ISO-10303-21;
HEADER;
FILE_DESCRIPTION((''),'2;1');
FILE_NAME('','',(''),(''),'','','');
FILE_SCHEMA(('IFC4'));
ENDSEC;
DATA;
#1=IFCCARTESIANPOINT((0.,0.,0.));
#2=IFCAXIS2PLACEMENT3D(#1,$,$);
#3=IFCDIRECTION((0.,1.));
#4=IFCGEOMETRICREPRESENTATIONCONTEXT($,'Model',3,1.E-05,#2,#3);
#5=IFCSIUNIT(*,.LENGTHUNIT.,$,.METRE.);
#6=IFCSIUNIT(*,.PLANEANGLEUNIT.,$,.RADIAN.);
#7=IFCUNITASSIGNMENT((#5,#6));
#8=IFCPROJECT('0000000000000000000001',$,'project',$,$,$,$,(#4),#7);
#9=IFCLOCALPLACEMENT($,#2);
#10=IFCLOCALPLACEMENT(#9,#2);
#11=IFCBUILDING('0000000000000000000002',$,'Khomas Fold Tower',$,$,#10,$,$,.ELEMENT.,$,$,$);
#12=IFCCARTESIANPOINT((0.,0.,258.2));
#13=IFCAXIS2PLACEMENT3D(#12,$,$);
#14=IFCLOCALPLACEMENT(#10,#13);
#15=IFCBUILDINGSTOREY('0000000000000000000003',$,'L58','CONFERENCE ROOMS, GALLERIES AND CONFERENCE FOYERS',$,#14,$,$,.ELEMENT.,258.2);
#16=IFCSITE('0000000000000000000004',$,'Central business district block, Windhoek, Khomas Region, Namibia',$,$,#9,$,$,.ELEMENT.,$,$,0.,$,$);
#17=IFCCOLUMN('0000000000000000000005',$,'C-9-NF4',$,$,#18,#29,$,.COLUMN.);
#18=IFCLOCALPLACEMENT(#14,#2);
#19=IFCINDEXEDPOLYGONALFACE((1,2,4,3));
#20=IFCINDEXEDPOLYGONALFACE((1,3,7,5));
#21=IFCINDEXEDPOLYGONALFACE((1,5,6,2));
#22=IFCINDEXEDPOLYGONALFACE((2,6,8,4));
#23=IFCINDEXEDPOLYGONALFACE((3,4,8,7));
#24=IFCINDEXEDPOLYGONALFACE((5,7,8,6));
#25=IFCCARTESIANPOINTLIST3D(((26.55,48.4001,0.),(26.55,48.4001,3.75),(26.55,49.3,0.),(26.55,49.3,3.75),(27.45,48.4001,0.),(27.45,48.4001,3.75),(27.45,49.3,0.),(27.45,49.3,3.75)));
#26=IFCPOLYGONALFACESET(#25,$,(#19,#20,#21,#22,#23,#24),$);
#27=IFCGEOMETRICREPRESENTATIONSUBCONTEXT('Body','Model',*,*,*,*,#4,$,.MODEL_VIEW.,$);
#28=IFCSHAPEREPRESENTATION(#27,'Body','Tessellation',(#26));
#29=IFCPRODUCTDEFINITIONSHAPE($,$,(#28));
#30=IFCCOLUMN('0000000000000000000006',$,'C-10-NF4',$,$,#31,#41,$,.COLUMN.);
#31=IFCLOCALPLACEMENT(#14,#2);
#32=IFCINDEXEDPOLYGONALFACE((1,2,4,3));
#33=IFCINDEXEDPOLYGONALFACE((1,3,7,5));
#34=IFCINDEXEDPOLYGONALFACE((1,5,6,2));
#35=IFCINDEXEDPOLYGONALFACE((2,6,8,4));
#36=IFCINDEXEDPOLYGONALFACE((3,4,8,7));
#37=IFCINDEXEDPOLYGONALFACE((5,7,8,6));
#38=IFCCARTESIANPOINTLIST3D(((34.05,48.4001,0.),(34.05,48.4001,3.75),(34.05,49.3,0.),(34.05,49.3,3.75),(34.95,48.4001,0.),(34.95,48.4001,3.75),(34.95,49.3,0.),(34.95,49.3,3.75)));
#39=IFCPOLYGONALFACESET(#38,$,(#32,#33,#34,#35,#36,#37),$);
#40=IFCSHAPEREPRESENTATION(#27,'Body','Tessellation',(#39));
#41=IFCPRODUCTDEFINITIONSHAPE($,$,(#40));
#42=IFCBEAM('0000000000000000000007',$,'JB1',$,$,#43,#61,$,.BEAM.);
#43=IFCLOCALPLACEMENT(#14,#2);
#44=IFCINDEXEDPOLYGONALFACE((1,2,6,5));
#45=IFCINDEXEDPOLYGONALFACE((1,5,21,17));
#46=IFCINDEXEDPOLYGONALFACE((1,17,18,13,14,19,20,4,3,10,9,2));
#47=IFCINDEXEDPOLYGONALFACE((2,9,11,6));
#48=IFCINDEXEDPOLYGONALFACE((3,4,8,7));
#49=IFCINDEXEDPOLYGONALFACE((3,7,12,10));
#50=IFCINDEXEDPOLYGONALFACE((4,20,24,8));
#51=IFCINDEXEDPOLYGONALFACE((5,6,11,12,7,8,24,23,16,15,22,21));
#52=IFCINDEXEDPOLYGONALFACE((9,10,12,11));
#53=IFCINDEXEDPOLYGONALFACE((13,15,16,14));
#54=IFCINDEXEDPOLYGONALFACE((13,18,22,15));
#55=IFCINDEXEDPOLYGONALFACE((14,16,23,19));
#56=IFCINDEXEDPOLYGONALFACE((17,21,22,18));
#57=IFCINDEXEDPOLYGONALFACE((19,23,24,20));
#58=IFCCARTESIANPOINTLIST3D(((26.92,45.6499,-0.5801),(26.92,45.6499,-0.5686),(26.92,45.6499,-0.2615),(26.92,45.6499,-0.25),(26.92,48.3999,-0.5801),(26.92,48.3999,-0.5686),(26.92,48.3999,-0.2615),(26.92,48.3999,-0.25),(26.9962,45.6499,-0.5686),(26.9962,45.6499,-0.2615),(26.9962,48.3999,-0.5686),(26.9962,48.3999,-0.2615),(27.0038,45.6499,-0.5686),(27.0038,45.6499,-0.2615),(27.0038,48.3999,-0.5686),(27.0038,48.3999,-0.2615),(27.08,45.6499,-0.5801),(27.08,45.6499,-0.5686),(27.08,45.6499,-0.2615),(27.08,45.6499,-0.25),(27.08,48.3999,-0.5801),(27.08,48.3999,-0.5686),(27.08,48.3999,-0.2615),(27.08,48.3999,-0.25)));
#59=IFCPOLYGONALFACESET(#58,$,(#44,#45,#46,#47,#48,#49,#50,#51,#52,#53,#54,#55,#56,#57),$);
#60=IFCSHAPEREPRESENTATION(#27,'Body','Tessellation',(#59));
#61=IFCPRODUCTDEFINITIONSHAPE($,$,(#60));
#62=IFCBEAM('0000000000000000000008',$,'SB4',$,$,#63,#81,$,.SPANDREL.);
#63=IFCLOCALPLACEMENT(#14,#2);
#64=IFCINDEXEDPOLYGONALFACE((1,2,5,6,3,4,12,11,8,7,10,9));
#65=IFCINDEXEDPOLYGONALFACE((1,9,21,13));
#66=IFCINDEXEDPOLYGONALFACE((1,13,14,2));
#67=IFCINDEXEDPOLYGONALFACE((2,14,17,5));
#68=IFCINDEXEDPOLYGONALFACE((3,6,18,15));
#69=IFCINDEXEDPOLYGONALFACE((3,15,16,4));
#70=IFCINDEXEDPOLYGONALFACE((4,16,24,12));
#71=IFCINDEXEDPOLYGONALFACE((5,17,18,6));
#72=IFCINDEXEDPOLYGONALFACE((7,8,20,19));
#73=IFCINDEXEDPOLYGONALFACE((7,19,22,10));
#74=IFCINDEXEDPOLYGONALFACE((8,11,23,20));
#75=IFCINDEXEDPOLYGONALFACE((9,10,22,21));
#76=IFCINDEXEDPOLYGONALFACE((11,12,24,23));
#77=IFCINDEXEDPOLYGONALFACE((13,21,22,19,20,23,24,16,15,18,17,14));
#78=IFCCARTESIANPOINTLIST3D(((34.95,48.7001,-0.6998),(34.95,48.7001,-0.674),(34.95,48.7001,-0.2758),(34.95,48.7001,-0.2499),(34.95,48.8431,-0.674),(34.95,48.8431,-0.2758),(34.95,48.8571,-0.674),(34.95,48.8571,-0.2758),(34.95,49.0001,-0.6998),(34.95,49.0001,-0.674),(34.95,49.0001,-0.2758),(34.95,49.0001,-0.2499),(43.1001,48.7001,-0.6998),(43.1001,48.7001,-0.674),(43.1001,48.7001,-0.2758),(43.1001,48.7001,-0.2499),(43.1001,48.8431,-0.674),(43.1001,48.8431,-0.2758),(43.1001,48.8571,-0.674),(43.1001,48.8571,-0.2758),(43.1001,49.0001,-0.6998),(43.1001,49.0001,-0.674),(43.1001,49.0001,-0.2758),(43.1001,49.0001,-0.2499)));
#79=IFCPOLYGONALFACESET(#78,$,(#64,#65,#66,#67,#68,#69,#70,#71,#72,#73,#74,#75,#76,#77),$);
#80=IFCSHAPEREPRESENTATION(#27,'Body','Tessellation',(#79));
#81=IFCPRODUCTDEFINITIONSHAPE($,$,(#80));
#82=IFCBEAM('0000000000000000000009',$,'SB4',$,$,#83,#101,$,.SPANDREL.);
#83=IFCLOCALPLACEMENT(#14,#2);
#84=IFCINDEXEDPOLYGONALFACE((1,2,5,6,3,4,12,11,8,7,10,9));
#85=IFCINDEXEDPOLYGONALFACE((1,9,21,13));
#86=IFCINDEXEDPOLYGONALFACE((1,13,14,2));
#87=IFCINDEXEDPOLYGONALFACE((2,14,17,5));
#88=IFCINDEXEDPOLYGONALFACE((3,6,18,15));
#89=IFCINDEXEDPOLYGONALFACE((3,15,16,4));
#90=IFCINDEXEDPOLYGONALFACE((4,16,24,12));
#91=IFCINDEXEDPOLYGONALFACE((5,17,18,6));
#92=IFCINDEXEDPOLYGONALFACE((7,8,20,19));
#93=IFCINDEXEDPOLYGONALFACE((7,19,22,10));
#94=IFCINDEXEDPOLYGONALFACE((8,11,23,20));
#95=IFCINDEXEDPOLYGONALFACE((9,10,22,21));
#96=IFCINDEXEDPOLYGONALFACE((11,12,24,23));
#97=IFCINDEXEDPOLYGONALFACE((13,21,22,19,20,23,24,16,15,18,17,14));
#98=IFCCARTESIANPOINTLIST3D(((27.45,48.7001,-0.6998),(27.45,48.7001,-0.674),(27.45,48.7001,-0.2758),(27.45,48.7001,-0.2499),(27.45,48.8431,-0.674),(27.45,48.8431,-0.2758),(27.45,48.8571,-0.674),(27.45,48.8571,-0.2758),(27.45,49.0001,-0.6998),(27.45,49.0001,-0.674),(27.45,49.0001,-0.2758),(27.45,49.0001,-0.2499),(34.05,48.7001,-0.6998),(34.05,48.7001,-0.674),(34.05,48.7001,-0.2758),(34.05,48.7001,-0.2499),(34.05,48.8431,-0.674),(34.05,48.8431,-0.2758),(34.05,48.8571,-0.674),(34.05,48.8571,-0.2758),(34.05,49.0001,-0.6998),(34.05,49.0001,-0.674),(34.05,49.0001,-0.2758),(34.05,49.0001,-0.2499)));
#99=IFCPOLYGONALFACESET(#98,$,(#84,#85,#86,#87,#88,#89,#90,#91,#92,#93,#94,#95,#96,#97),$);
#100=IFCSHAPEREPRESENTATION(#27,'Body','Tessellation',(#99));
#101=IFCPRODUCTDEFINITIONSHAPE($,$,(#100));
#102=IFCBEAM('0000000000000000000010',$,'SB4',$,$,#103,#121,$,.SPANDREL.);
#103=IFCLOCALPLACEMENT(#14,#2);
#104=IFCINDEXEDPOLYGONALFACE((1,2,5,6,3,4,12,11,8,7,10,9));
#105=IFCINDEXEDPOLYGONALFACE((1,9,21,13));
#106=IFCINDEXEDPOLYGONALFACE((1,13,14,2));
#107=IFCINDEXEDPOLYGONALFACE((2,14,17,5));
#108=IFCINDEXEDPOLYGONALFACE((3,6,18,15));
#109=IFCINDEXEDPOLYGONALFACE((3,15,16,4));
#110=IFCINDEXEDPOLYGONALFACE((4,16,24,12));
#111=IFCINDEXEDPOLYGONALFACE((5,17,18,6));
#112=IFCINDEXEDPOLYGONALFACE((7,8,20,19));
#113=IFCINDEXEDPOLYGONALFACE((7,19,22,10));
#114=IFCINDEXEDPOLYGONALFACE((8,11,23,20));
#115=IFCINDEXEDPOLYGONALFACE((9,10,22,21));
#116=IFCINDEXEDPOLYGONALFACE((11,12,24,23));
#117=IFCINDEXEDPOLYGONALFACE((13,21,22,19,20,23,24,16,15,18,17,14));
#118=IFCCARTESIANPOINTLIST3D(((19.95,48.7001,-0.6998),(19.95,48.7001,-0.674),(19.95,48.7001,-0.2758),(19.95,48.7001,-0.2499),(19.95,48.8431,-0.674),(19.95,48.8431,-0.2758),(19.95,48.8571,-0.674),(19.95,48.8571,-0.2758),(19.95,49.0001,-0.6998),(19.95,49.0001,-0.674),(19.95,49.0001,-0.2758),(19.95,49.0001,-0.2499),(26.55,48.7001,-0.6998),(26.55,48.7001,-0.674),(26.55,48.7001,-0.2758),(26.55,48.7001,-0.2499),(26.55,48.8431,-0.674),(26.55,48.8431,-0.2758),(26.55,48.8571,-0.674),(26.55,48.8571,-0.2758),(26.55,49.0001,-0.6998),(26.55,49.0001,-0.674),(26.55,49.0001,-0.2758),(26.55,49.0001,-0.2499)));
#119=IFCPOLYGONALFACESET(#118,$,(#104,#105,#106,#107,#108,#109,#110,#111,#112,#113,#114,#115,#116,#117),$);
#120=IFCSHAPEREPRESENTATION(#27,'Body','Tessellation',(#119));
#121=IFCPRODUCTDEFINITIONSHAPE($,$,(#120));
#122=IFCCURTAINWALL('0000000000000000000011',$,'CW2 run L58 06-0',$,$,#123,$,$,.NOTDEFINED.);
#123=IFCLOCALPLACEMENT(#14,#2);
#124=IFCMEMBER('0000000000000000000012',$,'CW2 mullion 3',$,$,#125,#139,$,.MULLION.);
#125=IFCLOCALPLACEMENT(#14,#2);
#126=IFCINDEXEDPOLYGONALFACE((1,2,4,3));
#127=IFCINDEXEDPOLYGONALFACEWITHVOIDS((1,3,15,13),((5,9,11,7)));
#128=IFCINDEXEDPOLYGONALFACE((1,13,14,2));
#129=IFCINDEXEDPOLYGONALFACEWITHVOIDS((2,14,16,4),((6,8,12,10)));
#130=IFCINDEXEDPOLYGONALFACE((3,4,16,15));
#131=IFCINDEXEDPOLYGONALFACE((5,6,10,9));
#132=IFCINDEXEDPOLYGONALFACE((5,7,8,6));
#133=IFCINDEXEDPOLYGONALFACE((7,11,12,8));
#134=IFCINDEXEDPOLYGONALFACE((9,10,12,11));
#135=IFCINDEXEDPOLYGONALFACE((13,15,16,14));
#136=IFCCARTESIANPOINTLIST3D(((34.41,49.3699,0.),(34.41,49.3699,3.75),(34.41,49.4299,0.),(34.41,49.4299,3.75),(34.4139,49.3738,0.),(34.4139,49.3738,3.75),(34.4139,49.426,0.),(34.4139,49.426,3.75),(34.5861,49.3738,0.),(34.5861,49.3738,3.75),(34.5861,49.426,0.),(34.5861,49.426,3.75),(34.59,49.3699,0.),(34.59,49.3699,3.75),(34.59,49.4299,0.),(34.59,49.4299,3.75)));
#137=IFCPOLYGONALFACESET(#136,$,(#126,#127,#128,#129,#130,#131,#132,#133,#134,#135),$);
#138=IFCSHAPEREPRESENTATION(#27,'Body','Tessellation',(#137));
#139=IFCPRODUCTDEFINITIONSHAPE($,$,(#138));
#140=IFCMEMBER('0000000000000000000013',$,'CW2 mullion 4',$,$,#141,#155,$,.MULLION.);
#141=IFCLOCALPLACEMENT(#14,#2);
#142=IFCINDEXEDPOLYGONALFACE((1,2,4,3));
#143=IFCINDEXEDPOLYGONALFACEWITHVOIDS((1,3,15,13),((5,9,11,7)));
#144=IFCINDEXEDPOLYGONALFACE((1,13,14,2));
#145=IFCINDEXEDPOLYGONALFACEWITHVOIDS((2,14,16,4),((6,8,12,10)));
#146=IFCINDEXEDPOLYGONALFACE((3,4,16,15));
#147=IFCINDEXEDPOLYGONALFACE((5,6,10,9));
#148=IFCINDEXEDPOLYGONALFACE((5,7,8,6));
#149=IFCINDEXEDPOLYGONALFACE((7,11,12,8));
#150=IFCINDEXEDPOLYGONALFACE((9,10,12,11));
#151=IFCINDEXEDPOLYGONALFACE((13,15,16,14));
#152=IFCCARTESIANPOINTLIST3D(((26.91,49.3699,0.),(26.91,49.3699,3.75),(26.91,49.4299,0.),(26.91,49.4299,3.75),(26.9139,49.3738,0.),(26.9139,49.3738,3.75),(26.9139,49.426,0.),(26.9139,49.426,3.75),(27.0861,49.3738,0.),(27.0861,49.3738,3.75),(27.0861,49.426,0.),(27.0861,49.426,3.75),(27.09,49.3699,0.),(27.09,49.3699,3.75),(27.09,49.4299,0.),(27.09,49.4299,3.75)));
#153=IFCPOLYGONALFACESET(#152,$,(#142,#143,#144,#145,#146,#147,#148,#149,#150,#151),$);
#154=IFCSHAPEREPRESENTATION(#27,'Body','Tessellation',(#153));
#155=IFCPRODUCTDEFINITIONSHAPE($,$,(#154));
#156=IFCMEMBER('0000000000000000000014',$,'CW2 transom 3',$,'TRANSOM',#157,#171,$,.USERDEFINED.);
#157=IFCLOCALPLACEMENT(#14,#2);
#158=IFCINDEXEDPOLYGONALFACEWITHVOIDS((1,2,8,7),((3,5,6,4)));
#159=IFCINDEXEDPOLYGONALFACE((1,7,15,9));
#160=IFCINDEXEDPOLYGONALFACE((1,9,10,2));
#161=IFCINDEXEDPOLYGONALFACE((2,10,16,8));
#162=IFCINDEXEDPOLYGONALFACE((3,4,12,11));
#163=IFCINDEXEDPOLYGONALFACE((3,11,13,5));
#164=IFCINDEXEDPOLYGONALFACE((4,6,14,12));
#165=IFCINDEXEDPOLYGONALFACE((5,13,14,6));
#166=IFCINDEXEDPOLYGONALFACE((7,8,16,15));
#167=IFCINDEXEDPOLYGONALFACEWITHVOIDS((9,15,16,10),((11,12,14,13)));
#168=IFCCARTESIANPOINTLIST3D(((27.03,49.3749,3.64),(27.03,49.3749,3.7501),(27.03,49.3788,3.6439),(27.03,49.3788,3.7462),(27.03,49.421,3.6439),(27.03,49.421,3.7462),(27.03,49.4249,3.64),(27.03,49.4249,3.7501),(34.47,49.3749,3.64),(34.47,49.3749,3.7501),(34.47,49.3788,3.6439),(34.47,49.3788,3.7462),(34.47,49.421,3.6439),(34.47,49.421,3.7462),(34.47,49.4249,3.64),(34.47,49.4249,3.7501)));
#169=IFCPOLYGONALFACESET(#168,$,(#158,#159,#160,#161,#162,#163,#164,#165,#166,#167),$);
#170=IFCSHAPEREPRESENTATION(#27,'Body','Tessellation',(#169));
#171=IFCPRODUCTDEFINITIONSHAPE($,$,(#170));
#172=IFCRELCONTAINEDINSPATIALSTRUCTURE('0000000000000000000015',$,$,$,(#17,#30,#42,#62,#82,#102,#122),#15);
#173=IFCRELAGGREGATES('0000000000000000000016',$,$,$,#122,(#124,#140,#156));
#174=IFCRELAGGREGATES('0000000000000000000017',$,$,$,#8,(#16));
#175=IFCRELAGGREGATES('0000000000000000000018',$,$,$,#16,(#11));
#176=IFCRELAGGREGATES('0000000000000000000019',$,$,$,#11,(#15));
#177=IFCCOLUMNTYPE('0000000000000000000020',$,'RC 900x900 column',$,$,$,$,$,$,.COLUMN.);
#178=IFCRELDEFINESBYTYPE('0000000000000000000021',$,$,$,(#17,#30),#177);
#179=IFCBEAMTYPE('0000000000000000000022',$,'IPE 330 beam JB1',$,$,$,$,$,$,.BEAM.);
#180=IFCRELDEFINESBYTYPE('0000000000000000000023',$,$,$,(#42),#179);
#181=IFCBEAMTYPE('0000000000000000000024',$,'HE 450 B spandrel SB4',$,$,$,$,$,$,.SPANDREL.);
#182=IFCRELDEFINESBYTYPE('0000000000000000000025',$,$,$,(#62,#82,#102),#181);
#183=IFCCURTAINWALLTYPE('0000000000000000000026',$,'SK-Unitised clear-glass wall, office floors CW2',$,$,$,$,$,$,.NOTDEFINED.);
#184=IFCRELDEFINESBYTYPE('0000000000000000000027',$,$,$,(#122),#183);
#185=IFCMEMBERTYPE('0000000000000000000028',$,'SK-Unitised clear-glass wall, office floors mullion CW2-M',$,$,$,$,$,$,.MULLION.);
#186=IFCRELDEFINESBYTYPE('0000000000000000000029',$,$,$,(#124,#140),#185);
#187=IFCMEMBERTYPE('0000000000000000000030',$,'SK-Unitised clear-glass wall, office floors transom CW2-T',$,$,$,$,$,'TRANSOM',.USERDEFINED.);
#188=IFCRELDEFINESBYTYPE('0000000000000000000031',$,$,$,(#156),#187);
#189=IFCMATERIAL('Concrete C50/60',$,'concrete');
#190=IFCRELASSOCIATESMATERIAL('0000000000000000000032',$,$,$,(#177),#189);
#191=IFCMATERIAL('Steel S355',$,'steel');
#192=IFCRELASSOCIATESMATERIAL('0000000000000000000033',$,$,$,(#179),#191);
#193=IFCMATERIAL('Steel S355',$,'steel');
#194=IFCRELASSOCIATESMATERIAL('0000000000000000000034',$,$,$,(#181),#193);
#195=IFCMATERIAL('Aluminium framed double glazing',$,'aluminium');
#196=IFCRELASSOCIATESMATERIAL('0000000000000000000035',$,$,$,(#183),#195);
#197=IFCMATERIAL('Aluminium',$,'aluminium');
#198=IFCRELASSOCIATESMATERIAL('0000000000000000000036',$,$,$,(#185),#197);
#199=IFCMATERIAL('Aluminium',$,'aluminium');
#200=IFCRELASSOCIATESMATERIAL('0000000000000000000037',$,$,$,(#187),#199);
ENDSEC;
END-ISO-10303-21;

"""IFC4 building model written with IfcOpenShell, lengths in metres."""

from ifc_helpers import new_model, si_unit, direction, frame, origin, origin_2d, place, context, subcontext, project, spatial, rectangle, hollow_rectangle, i_section, extrude, source, transform, mapped, material, material_profile, profile_set, type_object, element, aggregate, save


model = new_model("IFC4")

# Units and contexts
model_context = context("Model", 3, precision=1e-05, world=origin(), true_north=direction((0.0, 1.0)))
body_context = subcontext(model_context, "Body", "Model", "MODEL_VIEW")
ifc_project = project(units=[si_unit("LENGTHUNIT", "METRE"), si_unit("PLANEANGLEUNIT", "RADIAN")], contexts=[model_context])

# Site, building, storey
site_placement = place(None, origin())
site = spatial("IfcSite", under=ifc_project, at=site_placement, Name="Central business district block, Windhoek, Khomas Region, Namibia", CompositionType="ELEMENT", RefElevation=0.0)
building_placement = place(site_placement, origin())
building = spatial("IfcBuilding", under=site, at=building_placement, Name="Khomas Fold Tower", CompositionType="ELEMENT")
storey_placement = place(building_placement, frame((0.0, 0.0, 258.2)))
storey = spatial("IfcBuildingStorey", under=building, at=storey_placement, Name="L58", Description="CONFERENCE ROOMS, GALLERIES AND CONFERENCE FOYERS", CompositionType="ELEMENT", Elevation=258.2)

# Columns
ifc_material_1 = material(Name="Concrete C50/60", Category="concrete")
ifc_material_profile_1 = material_profile(ifc_material_1, rectangle(XDim=0.8999, YDim=0.8999, at=origin_2d()), Name="RC 900x900")
ifc_profile_set_1 = profile_set([ifc_material_profile_1], Name="Concrete C50/60")
column_type = type_object("IfcColumnType", Name="RC 900x900 column", PredefinedType="COLUMN", material=ifc_profile_set_1)
shared_shape_1 = source(origin(), body_context, "Body", "SweptSolid", [
    extrude(rectangle(XDim=0.8999, YDim=0.8999, at=origin_2d()), origin(), (0.0, 0.0, 1.0), 3.75),
])
for number, where, z_axis, x_axis, name in (
    (1, (27.0, 48.8501, 0.0), (0.0, 0.0, 1.0), (1.0, 0.0, 0.0), "C-9-NF4"),
    (2, (34.5, 48.8501, 0.0), (0.0, 0.0, 1.0), (1.0, 0.0, 0.0), "C-10-NF4"),
):
    element("IfcColumn", number, at=place(storey_placement, frame(where, z_axis=z_axis, x_axis=x_axis)), inside=storey, type_object=column_type, Name=name, PredefinedType="COLUMN", context=body_context, shape_type="MappedRepresentation", body=[
        mapped(shared_shape_1, transform((0.0, 0.0, 0.0))),
    ])

# Beams
ifc_material_2 = material(Name="Steel S355", Category="steel")
ifc_material_profile_2 = material_profile(ifc_material_2, i_section(OverallWidth=0.1599, OverallDepth=0.3301, WebThickness=0.0076, FlangeThickness=0.0115, at=origin_2d()), Name="IPE 330")
ifc_profile_set_2 = profile_set([ifc_material_profile_2], Name="Steel S355")
beam_type_1 = type_object("IfcBeamType", Name="IPE 330 beam JB1", PredefinedType="BEAM", material=ifc_profile_set_2)
shared_shape_2 = source(origin(), body_context, "Body", "SweptSolid", [
    extrude(i_section(OverallWidth=0.1599, OverallDepth=0.3301, WebThickness=0.0076, FlangeThickness=0.0115, at=origin_2d()), origin(), (0.0, 0.0, 1.0), 2.75),
])
beam_1_placement = place(storey_placement, frame((27.0, 45.6499, -0.415), z_axis=(0.0, 1.0, 0.0), x_axis=(-1.0, 0.0, 0.0)))
element("IfcBeam", 3, at=beam_1_placement, inside=storey, type_object=beam_type_1, Name="JB1", PredefinedType="BEAM", context=body_context, shape_type="MappedRepresentation", body=[
    mapped(shared_shape_2, transform((0.0, 0.0, 0.0))),
])
ifc_material_3 = material(Name="Steel S355", Category="steel")
ifc_material_profile_3 = material_profile(ifc_material_3, i_section(OverallWidth=0.3, OverallDepth=0.45, WebThickness=0.0139, FlangeThickness=0.0259, at=origin_2d()), Name="HE 450 B")
ifc_profile_set_3 = profile_set([ifc_material_profile_3], Name="Steel S355")
beam_type_2 = type_object("IfcBeamType", Name="HE 450 B spandrel SB4", PredefinedType="SPANDREL", material=ifc_profile_set_3)
shared_shape_3 = source(origin(), body_context, "Body", "SweptSolid", [
    extrude(i_section(OverallWidth=0.3, OverallDepth=0.45, WebThickness=0.0139, FlangeThickness=0.0259, at=origin_2d()), origin(), (0.0, 0.0, 1.0), 8.1501),
])
beam_2_placement = place(storey_placement, frame((34.95, 48.8501, -0.4749), z_axis=(1.0, 0.0, 0.0), x_axis=(0.0, 1.0, 0.0)))
element("IfcBeam", 4, at=beam_2_placement, inside=storey, type_object=beam_type_2, Name="SB4", PredefinedType="SPANDREL", context=body_context, shape_type="MappedRepresentation", body=[
    mapped(shared_shape_3, transform((0.0, 0.0, 0.0))),
])
shared_shape_4 = source(origin(), body_context, "Body", "SweptSolid", [
    extrude(i_section(OverallWidth=0.3, OverallDepth=0.45, WebThickness=0.0139, FlangeThickness=0.0259, at=origin_2d()), origin(), (0.0, 0.0, 1.0), 6.6001),
])
for number, where, z_axis, x_axis, name in (
    (5, (27.45, 48.8501, -0.4749), (1.0, 0.0, 0.0), (0.0, 1.0, 0.0), "SB4"),
    (6, (19.95, 48.8501, -0.4749), (1.0, 0.0, 0.0), (0.0, 1.0, 0.0), "SB4"),
):
    element("IfcBeam", number, at=place(storey_placement, frame(where, z_axis=z_axis, x_axis=x_axis)), inside=storey, type_object=beam_type_2, Name=name, PredefinedType="SPANDREL", context=body_context, shape_type="MappedRepresentation", body=[
        mapped(shared_shape_4, transform((0.0, 0.0, 0.0))),
    ])

# Curtain wall, members
ifc_material_4 = material(Name="Aluminium framed double glazing", Category="aluminium")
curtain_wall_type = type_object("IfcCurtainWallType", Name="SK-Unitised clear-glass wall, office floors CW2", PredefinedType="NOTDEFINED", material=ifc_material_4)
curtain_wall_placement = place(storey_placement, origin())
curtain_wall = element("IfcCurtainWall", 7, at=curtain_wall_placement, inside=storey, type_object=curtain_wall_type, Name="CW2 run L58 06-0", PredefinedType="NOTDEFINED")
ifc_material_5 = material(Name="Aluminium", Category="aluminium")
ifc_material_profile_4 = material_profile(ifc_material_5, hollow_rectangle(XDim=0.0601, YDim=0.1799, WallThickness=0.0039, at=origin_2d()), Name="SK-Unitised clear-glass wall, office floors mullion CW2-M")
ifc_profile_set_4 = profile_set([ifc_material_profile_4], Name="Aluminium")
member_type_1 = type_object("IfcMemberType", Name="SK-Unitised clear-glass wall, office floors mullion CW2-M", PredefinedType="MULLION", material=ifc_profile_set_4)
shared_shape_5 = source(origin(), body_context, "Body", "SweptSolid", [
    extrude(hollow_rectangle(XDim=0.0601, YDim=0.1799, WallThickness=0.0039, at=origin_2d()), origin(), (0.0, 0.0, 1.0), 3.75),
])
member_1_placement = place(storey_placement, frame((34.5, 49.3999, 0.0), z_axis=(0.0, 0.0, 1.0), x_axis=(0.0, -1.0, 0.0)))
member_1 = element("IfcMember", 8, at=member_1_placement, type_object=member_type_1, Name="CW2 mullion 3", PredefinedType="MULLION", context=body_context, shape_type="MappedRepresentation", body=[
    mapped(shared_shape_5, transform((0.0, 0.0, 0.0))),
])
member_2_placement = place(storey_placement, frame((27.0, 49.3999, 0.0), z_axis=(0.0, 0.0, 1.0), x_axis=(0.0, -1.0, 0.0)))
member_2 = element("IfcMember", 9, at=member_2_placement, type_object=member_type_1, Name="CW2 mullion 4", PredefinedType="MULLION", context=body_context, shape_type="MappedRepresentation", body=[
    mapped(shared_shape_5, transform((0.0, 0.0, 0.0))),
])
ifc_material_6 = material(Name="Aluminium", Category="aluminium")
ifc_material_profile_5 = material_profile(ifc_material_6, hollow_rectangle(XDim=0.05, YDim=0.1101, WallThickness=0.0039, at=origin_2d()), Name="SK-Unitised clear-glass wall, office floors transom CW2-T")
ifc_profile_set_5 = profile_set([ifc_material_profile_5], Name="Aluminium")
member_type_2 = type_object("IfcMemberType", Name="SK-Unitised clear-glass wall, office floors transom CW2-T", ElementType="TRANSOM", PredefinedType="USERDEFINED", material=ifc_profile_set_5)
shared_shape_6 = source(origin(), body_context, "Body", "SweptSolid", [
    extrude(hollow_rectangle(XDim=0.05, YDim=0.1101, WallThickness=0.0039, at=origin_2d()), origin(), (0.0, 0.0, 1.0), 7.4399),
])
member_3_placement = place(storey_placement, frame((34.47, 49.3999, 3.6951), z_axis=(-1.0, 0.0, 0.0), x_axis=(0.0, -1.0, 0.0)))
member_3 = element("IfcMember", 10, at=member_3_placement, type_object=member_type_2, Name="CW2 transom 3", ObjectType="TRANSOM", PredefinedType="USERDEFINED", context=body_context, shape_type="MappedRepresentation", body=[
    mapped(shared_shape_6, transform((0.0, 0.0, 0.0))),
])

aggregate(curtain_wall, [member_1, member_2, member_3])

save(model, "model.ifc")
